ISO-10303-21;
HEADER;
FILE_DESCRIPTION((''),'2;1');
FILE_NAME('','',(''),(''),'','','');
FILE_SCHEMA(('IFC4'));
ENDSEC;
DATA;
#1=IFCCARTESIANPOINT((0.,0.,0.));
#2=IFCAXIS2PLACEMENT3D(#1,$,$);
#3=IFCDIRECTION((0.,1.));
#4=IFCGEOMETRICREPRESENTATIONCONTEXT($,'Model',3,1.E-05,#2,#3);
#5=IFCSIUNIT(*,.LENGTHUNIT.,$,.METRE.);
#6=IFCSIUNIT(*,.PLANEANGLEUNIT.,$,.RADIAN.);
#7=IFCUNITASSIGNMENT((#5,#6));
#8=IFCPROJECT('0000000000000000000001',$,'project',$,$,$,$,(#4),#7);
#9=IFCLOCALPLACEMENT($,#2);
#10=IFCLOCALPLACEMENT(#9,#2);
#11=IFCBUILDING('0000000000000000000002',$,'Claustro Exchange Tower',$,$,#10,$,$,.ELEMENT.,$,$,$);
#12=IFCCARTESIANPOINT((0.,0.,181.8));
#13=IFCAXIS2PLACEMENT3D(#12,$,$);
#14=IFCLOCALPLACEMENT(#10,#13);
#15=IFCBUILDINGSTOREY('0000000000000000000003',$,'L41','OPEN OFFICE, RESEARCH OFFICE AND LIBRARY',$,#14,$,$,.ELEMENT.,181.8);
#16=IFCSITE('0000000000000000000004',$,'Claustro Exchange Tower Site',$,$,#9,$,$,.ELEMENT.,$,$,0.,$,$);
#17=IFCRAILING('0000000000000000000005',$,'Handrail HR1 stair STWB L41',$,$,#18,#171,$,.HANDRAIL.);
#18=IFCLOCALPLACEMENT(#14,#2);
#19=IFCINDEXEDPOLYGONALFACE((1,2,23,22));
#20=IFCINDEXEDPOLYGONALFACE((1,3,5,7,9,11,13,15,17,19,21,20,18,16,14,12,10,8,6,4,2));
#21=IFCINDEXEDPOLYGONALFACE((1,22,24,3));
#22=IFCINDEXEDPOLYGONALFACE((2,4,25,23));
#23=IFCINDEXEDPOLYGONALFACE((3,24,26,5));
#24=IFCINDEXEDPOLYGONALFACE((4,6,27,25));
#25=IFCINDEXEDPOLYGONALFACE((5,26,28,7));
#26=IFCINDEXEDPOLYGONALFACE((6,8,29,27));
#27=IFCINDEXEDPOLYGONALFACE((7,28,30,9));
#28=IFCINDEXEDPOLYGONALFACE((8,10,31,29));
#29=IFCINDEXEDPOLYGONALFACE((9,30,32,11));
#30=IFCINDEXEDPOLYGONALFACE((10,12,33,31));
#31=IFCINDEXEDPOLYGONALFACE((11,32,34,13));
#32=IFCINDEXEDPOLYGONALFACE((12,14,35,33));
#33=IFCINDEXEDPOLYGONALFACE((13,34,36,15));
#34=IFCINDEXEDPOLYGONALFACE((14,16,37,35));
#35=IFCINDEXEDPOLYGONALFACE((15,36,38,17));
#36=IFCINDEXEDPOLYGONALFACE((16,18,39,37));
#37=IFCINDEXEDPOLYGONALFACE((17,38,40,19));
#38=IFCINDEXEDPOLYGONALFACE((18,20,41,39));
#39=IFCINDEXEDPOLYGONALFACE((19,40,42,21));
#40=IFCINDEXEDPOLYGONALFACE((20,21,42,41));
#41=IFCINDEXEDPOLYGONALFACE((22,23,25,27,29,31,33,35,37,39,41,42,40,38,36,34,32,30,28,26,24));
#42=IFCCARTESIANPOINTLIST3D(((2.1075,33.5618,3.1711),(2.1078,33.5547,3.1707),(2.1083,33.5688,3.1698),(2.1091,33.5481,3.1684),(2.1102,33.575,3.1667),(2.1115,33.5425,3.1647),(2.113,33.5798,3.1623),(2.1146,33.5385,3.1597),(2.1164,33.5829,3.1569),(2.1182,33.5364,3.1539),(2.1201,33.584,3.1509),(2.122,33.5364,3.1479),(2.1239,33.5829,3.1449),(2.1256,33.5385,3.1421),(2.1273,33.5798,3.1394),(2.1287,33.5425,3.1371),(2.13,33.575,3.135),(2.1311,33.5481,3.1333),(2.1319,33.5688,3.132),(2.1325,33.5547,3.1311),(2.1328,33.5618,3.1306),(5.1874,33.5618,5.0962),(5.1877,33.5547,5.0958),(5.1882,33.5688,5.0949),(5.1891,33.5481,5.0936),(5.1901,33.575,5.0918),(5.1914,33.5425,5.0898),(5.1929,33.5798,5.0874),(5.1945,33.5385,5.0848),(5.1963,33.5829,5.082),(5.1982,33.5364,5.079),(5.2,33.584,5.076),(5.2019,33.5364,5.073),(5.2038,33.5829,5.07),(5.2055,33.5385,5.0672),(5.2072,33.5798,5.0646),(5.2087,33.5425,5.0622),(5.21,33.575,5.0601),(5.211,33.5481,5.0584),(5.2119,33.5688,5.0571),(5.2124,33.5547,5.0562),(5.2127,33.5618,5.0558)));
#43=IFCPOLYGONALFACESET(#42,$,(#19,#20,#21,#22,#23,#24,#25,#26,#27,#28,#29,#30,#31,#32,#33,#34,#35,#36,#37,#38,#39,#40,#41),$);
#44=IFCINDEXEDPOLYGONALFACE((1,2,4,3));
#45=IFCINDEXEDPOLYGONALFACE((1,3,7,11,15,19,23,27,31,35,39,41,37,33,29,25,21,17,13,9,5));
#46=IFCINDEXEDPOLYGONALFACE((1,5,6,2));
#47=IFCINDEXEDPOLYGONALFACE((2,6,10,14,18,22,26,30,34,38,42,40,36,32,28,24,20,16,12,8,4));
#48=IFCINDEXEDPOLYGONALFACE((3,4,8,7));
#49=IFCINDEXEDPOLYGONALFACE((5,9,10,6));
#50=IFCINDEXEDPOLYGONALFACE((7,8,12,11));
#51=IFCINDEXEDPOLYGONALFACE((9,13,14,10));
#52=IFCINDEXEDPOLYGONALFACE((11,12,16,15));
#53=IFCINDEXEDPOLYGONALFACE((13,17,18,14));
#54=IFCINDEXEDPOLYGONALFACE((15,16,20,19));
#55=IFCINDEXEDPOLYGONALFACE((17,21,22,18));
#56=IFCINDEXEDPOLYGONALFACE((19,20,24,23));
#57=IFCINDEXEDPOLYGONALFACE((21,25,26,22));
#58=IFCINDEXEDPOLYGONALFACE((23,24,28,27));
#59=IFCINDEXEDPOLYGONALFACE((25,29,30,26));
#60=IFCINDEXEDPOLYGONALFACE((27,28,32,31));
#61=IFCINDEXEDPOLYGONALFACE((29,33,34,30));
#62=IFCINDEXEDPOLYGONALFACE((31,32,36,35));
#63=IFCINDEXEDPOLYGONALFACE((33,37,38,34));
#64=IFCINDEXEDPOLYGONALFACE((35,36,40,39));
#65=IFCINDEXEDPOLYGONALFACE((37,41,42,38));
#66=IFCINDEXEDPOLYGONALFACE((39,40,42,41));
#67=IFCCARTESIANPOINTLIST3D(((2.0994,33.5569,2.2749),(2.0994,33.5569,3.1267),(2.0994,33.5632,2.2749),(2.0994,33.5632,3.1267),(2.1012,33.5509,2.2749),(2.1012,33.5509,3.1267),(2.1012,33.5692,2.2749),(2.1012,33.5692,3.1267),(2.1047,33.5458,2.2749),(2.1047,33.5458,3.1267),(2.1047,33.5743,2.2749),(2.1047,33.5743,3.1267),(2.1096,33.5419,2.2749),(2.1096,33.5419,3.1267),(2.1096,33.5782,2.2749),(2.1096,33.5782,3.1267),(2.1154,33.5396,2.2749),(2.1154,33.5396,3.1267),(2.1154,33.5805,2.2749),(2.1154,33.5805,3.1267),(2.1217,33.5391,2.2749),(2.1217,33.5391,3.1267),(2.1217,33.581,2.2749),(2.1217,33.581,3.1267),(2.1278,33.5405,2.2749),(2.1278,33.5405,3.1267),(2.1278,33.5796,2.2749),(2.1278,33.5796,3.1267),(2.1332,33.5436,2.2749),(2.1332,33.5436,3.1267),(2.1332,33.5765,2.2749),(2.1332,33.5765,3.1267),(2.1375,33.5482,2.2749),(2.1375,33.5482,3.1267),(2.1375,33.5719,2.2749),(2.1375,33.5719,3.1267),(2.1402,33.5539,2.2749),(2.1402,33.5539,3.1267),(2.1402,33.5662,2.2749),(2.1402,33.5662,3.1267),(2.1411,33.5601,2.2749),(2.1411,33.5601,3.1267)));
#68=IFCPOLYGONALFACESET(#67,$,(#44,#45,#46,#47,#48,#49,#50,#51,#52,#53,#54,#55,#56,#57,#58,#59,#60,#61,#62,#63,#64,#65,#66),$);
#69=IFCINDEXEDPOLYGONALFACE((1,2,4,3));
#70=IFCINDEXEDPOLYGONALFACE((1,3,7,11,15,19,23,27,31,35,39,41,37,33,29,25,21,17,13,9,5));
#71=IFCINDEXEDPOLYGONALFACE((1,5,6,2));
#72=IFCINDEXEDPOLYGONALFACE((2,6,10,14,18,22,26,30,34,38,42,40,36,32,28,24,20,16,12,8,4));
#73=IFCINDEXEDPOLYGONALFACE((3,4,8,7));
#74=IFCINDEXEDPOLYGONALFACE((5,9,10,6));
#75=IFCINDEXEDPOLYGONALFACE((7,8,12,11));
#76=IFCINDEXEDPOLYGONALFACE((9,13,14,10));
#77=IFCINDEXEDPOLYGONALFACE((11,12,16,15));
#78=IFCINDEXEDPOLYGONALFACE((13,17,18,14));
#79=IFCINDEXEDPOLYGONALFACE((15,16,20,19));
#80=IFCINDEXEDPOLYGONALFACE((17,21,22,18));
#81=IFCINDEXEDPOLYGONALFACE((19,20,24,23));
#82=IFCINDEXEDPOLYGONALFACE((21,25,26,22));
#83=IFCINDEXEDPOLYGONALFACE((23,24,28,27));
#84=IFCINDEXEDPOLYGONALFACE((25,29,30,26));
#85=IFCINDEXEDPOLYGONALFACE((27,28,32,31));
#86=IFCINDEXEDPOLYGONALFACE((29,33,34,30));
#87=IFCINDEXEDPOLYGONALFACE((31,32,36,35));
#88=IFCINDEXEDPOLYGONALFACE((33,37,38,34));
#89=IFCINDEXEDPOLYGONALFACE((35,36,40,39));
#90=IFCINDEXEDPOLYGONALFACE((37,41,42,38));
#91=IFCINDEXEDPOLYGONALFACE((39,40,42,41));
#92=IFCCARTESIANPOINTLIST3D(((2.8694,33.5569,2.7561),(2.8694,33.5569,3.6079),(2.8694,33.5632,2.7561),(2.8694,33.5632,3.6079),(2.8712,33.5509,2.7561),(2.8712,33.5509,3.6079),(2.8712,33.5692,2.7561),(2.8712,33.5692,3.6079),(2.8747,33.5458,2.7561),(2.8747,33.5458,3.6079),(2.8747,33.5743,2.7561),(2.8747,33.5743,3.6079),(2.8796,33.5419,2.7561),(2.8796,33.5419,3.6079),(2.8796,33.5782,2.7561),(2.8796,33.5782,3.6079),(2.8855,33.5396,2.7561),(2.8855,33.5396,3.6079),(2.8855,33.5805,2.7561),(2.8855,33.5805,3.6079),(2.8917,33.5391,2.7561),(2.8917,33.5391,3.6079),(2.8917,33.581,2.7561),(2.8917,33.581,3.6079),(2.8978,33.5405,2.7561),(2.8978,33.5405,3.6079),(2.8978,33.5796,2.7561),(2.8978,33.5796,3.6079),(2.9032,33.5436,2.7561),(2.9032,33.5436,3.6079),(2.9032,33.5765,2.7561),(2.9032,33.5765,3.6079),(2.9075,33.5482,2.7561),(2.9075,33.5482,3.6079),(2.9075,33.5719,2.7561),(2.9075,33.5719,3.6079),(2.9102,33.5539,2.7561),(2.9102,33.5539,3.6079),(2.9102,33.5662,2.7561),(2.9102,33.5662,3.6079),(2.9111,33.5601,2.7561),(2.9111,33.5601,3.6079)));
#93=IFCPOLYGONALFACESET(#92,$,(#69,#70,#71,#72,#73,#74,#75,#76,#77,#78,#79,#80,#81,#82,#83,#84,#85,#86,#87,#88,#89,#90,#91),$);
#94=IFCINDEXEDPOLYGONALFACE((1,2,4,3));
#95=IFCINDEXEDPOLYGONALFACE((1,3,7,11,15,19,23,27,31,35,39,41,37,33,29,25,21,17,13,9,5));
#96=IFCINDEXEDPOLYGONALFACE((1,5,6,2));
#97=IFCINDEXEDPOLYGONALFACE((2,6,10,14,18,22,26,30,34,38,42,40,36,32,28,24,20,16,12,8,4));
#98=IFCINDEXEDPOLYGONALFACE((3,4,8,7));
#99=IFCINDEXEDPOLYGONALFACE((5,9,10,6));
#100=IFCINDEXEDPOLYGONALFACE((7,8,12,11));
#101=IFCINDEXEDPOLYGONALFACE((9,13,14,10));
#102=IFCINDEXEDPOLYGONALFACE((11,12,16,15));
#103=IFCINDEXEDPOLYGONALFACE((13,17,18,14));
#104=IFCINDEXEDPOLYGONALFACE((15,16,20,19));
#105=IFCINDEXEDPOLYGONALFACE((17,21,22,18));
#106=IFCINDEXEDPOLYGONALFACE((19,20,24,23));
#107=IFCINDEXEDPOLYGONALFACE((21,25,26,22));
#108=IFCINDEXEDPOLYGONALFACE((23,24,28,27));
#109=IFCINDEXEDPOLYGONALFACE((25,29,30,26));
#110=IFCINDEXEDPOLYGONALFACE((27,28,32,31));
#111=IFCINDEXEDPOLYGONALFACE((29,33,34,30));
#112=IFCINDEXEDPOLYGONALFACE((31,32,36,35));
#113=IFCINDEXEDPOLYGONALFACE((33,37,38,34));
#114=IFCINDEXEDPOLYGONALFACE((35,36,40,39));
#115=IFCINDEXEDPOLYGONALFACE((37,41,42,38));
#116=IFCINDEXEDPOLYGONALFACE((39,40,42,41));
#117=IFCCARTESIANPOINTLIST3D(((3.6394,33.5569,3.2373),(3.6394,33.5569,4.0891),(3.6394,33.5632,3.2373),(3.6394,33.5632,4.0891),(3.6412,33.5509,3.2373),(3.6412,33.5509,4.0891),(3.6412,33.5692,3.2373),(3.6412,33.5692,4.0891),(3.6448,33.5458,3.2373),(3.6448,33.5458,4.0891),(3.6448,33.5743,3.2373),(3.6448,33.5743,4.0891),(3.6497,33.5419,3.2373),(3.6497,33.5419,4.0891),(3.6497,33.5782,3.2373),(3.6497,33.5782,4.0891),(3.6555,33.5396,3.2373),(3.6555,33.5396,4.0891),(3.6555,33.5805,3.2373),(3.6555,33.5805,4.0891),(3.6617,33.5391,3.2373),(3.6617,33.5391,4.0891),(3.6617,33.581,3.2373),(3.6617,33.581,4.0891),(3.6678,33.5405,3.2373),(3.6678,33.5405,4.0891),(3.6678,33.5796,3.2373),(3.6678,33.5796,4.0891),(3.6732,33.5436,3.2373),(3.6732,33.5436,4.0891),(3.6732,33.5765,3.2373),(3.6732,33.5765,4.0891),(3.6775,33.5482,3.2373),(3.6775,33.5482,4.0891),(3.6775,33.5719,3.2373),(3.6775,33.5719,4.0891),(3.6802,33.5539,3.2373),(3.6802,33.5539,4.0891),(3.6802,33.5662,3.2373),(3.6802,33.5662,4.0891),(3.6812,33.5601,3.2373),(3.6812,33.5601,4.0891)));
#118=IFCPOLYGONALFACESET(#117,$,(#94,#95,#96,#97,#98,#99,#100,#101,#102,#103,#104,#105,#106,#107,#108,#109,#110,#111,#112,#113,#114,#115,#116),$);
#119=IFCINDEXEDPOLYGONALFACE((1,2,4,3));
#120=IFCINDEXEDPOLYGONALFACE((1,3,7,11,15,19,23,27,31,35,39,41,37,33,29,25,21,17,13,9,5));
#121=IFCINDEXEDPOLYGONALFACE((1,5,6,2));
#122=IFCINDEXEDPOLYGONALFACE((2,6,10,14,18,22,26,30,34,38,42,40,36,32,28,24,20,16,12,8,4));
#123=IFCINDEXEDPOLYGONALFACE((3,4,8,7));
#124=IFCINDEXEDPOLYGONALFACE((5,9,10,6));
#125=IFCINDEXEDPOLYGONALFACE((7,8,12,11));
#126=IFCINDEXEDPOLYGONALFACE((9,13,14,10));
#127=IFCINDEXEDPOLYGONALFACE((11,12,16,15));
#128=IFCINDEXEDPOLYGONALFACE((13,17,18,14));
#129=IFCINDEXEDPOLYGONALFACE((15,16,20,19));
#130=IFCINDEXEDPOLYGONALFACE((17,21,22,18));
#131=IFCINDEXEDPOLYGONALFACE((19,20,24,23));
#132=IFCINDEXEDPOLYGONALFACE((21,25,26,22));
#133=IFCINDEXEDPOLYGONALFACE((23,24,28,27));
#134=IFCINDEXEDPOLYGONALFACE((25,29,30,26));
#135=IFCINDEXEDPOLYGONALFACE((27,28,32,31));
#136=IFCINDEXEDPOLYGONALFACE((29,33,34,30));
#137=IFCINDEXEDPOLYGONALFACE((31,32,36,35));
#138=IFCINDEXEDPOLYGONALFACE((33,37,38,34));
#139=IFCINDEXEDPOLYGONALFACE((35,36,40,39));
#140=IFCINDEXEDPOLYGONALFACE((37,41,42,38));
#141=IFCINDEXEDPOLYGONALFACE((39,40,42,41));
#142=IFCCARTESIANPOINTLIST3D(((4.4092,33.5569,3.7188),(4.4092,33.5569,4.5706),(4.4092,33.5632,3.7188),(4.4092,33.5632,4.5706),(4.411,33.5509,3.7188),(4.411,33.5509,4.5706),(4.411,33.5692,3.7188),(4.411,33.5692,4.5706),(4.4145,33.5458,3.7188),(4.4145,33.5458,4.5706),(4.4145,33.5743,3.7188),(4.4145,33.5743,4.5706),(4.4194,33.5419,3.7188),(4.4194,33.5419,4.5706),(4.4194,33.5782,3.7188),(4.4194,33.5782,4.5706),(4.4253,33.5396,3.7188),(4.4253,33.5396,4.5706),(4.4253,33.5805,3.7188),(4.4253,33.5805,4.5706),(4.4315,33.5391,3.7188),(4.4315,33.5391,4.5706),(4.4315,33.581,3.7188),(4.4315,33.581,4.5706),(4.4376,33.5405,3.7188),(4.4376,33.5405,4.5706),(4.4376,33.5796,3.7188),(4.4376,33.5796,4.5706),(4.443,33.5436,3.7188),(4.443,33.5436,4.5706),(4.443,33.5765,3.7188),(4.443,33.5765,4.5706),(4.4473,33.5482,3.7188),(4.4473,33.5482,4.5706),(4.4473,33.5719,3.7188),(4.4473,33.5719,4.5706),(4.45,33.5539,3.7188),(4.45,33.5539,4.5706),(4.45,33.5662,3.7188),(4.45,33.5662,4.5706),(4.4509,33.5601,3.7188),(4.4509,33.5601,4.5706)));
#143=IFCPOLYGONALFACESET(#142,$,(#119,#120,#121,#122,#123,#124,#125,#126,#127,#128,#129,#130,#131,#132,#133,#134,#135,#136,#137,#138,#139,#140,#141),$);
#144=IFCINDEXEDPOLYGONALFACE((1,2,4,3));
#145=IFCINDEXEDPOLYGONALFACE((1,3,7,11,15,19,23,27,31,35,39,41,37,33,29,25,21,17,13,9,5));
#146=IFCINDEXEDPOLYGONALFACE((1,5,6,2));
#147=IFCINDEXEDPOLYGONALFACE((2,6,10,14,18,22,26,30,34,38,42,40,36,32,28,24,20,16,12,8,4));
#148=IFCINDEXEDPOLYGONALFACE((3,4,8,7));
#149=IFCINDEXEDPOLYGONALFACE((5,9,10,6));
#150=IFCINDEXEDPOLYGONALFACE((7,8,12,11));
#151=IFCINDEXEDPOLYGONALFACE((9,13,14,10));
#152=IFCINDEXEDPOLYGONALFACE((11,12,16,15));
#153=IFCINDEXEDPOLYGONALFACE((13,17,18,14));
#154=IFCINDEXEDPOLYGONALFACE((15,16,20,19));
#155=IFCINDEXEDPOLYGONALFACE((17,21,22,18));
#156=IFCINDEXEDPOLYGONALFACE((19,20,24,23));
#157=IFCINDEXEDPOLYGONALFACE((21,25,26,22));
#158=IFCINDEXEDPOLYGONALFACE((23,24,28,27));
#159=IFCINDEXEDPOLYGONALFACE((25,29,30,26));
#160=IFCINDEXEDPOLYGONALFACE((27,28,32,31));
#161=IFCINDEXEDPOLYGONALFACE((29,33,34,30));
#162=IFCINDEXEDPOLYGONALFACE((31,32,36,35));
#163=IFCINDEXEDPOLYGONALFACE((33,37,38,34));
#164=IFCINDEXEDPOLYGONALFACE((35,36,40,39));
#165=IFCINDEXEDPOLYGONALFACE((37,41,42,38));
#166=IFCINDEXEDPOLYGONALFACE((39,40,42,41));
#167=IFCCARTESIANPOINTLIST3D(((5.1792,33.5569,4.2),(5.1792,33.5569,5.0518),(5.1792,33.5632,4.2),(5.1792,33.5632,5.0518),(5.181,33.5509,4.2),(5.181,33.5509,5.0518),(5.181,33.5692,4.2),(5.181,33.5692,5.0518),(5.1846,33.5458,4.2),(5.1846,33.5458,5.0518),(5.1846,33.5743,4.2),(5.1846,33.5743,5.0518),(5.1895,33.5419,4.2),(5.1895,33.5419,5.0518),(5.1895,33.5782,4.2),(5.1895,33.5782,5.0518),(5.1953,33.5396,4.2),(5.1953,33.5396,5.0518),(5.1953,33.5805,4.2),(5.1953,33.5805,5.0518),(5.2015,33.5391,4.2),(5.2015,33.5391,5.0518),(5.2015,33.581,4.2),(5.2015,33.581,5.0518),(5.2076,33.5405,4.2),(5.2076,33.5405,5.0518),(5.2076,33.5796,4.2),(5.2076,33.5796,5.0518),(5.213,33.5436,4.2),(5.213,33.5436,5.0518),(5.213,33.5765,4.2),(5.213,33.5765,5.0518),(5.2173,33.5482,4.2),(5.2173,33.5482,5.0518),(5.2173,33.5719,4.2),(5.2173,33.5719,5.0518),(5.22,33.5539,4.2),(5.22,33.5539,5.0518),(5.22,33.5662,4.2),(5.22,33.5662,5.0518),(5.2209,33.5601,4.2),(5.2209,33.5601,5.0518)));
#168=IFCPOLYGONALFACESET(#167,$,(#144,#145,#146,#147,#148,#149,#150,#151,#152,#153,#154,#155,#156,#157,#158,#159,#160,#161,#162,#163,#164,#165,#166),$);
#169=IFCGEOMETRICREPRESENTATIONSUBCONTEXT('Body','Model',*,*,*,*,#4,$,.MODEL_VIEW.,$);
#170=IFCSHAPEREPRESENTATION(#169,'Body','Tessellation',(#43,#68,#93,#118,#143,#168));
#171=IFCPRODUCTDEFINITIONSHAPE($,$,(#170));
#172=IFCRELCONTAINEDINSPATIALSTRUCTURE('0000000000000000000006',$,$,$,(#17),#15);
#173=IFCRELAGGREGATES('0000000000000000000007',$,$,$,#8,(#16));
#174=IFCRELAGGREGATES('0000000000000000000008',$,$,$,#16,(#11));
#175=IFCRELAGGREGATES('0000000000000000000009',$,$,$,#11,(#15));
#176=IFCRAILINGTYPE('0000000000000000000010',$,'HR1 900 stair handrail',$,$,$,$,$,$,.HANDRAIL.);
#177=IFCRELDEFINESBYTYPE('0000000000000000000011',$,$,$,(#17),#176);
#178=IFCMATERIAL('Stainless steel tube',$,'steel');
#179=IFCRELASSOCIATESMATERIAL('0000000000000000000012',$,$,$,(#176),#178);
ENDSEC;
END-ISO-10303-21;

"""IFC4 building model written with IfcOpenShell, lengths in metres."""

from ifc_helpers import new_model, si_unit, direction, frame, origin, origin_2d, place, context, subcontext, project, spatial, circle, extrude, material, type_object, element, save


model = new_model("IFC4")

# Units and contexts
model_context = context("Model", 3, precision=1e-05, world=origin(), true_north=direction((0.0, 1.0)))
body_context = subcontext(model_context, "Body", "Model", "MODEL_VIEW")
ifc_project = project(units=[si_unit("LENGTHUNIT", "METRE"), si_unit("PLANEANGLEUNIT", "RADIAN")], contexts=[model_context])

# Site, building, storey
site_placement = place(None, origin())
site = spatial("IfcSite", under=ifc_project, at=site_placement, Name="Claustro Exchange Tower Site", CompositionType="ELEMENT", RefElevation=0.0)
building_placement = place(site_placement, origin())
building = spatial("IfcBuilding", under=site, at=building_placement, Name="Claustro Exchange Tower", CompositionType="ELEMENT")
storey_placement = place(building_placement, frame((0.0, 0.0, 181.8)))
storey = spatial("IfcBuildingStorey", under=building, at=storey_placement, Name="L41", Description="OPEN OFFICE, RESEARCH OFFICE AND LIBRARY", CompositionType="ELEMENT", Elevation=181.8)

# Railing
ifc_material_1 = material(Name="Stainless steel tube", Category="steel")
railing_type_1 = type_object("IfcRailingType", Name="HR1 900 stair handrail", PredefinedType="HANDRAIL", material=ifc_material_1)
railing_1_placement = place(storey_placement, frame((2.1201, 33.5601, 2.2749)))
element("IfcRailing", 1, at=railing_1_placement, inside=storey, type_object=railing_type_1, Name="Handrail HR1 stair STWB L41", PredefinedType="HANDRAIL", context=body_context, shape_type="SweptSolid", body=[
    extrude(circle(Radius=0.0239, at=origin_2d()), frame((0.0, 0.0, 0.876), z_axis=(0.847979, 0.0, 0.530029), x_axis=(0.0, 1.0, 0.0)), (0.0, 0.0, 1.0), 3.6321),
    extrude(circle(Radius=0.021, at=origin_2d()), origin(), (0.0, 0.0, 1.0), 0.8518),
    extrude(circle(Radius=0.021, at=origin_2d()), frame((0.77, 0.0, 0.4812)), (0.0, 0.0, 1.0), 0.8518),
    extrude(circle(Radius=0.021, at=origin_2d()), frame((1.54, 0.0, 0.9624)), (0.0, 0.0, 1.0), 0.8518),
    extrude(circle(Radius=0.021, at=origin_2d()), frame((2.3098, 0.0, 1.4438)), (0.0, 0.0, 1.0), 0.8518),
    extrude(circle(Radius=0.021, at=origin_2d()), frame((3.0798, 0.0, 1.925)), (0.0, 0.0, 1.0), 0.8518),
])

save(model, "model.ifc")
